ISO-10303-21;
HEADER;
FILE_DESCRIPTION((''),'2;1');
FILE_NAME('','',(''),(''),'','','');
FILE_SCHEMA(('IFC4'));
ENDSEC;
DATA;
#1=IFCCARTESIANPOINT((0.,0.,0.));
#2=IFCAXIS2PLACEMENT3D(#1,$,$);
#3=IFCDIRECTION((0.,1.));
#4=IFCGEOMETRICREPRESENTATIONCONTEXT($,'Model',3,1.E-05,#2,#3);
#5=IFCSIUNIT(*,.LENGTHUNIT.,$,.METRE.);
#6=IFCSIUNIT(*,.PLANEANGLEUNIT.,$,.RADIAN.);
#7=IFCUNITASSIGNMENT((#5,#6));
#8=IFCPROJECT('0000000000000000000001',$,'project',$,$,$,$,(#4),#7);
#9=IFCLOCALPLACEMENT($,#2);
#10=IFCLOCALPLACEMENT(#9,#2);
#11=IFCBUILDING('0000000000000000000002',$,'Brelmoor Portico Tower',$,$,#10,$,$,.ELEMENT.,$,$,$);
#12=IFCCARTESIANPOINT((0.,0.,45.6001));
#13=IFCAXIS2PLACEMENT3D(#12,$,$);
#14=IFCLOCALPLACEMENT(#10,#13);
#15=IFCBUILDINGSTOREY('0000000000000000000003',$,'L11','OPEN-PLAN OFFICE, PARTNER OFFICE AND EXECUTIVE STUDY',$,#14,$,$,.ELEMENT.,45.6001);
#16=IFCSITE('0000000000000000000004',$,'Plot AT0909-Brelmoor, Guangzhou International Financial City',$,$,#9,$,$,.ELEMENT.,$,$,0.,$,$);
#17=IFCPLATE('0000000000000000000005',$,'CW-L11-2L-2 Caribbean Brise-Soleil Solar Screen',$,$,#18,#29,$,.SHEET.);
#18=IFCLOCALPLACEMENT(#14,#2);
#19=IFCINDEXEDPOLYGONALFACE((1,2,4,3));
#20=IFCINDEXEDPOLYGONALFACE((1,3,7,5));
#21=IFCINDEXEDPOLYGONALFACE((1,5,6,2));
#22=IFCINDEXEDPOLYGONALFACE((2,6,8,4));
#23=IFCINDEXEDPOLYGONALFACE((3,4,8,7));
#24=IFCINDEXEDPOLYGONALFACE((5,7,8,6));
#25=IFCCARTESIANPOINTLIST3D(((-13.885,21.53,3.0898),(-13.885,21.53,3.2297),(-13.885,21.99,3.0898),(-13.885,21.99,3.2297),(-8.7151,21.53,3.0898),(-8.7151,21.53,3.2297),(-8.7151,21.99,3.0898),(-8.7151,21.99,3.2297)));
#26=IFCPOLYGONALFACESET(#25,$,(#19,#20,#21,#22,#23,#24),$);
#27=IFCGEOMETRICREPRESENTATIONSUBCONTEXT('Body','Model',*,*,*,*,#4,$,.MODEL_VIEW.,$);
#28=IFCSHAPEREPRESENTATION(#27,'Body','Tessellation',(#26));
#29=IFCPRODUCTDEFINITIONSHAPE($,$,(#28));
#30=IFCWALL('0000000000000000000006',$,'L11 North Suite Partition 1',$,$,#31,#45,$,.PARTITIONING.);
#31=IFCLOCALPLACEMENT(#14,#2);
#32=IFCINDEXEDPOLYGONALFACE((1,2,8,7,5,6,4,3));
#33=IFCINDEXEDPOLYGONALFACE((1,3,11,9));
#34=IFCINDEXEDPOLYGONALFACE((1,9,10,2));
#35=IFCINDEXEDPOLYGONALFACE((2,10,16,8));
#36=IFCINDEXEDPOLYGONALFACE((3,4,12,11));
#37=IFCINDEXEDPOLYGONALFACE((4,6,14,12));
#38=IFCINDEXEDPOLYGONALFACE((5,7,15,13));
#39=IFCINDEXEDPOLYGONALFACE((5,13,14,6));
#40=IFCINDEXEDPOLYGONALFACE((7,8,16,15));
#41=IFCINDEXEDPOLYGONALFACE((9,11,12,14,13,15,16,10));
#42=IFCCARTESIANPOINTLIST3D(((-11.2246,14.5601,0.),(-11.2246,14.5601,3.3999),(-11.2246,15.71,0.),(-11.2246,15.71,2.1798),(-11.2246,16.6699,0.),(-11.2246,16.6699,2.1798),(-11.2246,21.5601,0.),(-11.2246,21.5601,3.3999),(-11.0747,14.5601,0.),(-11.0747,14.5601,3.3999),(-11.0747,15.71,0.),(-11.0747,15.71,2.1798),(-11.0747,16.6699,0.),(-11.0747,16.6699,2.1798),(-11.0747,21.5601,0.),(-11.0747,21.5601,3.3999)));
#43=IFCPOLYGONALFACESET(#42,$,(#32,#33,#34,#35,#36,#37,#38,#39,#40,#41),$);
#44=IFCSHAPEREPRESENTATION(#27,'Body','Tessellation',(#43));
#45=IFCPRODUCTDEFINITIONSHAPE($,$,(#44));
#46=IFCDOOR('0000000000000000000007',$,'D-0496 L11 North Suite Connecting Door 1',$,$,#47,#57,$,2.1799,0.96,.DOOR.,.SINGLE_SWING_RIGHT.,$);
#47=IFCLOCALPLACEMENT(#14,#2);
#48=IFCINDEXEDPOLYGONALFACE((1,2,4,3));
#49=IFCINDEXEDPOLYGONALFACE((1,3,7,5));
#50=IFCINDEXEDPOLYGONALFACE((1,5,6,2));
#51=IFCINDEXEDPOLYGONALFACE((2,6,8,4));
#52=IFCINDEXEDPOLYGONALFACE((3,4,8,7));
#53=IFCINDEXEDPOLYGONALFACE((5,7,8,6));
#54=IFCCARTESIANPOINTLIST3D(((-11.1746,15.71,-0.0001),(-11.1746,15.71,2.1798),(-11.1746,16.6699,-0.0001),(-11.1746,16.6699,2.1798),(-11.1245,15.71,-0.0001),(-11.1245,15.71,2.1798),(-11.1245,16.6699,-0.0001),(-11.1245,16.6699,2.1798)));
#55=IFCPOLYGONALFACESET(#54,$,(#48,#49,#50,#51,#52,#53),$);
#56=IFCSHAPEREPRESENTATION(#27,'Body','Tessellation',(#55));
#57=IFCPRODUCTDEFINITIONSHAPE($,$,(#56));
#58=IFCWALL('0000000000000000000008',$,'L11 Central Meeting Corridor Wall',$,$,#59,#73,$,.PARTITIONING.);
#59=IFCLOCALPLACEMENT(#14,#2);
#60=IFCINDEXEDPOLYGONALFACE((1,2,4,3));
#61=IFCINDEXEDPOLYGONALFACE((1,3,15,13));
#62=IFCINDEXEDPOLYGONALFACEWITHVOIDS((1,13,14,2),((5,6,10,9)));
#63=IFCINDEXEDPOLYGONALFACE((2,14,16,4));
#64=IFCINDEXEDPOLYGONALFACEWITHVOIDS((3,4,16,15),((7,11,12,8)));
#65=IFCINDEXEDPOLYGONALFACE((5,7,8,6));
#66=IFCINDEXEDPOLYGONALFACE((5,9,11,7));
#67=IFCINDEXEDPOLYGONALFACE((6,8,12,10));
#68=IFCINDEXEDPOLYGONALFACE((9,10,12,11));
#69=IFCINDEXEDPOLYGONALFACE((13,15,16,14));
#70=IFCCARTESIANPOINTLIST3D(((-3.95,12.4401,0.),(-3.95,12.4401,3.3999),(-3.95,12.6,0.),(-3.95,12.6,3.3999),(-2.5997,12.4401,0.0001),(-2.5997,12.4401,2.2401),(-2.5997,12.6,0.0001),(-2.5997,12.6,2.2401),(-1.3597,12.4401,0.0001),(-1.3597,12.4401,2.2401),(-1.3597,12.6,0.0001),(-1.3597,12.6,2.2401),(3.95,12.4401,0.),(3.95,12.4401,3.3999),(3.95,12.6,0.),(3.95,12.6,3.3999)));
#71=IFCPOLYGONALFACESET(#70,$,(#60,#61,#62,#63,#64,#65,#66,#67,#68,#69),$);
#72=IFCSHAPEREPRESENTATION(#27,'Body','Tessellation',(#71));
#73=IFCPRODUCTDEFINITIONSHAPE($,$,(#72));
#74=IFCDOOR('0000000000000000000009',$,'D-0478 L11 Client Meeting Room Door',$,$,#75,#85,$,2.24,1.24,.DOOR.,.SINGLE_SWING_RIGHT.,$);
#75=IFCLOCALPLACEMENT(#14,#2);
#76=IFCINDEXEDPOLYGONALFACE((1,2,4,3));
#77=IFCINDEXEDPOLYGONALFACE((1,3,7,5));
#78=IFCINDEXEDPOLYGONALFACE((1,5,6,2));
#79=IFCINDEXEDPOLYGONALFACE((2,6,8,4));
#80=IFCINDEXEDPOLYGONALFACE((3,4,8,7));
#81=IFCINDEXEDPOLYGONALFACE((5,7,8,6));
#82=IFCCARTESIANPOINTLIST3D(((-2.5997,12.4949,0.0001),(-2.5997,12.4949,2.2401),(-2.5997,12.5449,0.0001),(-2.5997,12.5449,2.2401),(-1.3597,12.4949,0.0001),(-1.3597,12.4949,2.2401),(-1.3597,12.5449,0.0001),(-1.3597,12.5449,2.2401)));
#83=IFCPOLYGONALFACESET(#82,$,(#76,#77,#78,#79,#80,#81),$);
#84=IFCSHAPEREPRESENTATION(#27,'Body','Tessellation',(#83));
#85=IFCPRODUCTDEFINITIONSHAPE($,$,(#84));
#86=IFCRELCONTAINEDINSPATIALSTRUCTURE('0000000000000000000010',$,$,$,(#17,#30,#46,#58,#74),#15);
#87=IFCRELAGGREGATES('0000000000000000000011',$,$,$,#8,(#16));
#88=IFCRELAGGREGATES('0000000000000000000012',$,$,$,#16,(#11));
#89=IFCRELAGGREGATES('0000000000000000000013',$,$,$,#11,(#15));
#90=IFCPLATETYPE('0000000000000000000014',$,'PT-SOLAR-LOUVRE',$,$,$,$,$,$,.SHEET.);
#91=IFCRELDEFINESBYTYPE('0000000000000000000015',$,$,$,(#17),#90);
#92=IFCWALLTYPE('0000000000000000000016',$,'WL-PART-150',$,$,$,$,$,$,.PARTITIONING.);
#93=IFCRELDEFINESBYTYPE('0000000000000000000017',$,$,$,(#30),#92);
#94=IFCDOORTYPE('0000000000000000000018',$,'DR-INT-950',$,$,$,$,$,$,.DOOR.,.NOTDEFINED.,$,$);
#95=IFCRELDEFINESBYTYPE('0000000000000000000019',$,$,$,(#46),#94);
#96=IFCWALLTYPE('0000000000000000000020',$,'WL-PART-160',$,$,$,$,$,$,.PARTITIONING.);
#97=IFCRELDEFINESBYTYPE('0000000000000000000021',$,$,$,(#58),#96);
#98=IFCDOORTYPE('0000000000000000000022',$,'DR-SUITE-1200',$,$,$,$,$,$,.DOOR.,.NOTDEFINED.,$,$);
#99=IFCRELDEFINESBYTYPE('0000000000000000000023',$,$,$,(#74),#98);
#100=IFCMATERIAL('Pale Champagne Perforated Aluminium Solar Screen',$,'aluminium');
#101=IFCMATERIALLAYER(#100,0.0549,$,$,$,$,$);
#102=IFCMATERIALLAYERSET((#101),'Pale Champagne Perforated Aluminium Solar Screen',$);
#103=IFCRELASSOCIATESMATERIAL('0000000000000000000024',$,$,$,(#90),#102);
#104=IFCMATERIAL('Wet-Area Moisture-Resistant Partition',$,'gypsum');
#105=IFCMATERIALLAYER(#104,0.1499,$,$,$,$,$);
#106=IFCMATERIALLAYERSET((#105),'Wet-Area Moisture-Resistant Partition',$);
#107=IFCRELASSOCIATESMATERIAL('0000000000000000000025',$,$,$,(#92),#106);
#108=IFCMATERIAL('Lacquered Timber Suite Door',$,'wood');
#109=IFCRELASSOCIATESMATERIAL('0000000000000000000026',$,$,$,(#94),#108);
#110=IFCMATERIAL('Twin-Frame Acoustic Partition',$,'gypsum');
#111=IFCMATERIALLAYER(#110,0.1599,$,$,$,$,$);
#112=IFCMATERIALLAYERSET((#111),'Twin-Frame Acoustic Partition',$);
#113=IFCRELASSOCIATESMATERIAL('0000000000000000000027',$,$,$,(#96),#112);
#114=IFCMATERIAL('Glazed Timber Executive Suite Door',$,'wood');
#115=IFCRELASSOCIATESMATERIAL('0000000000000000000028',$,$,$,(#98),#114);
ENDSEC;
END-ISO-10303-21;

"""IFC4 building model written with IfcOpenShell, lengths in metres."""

from ifc_helpers import new_model, si_unit, direction, frame, frame_2d, origin, origin_2d, place, context, subcontext, project, spatial, rectangle, extrude, material, layer, layer_set, type_object, element, fill, save


model = new_model("IFC4")

# Units and contexts
model_context = context("Model", 3, precision=1e-05, world=origin(), true_north=direction((0.0, 1.0)))
body_context = subcontext(model_context, "Body", "Model", "MODEL_VIEW")
ifc_project = project(units=[si_unit("LENGTHUNIT", "METRE"), si_unit("PLANEANGLEUNIT", "RADIAN")], contexts=[model_context])

# Site, building, storey
site_placement = place(None, origin())
site = spatial("IfcSite", under=ifc_project, at=site_placement, Name="Plot AT0909-Brelmoor, Guangzhou International Financial City", CompositionType="ELEMENT", RefElevation=0.0)
building_placement = place(site_placement, origin())
building = spatial("IfcBuilding", under=site, at=building_placement, Name="Brelmoor Portico Tower", CompositionType="ELEMENT")
storey_placement = place(building_placement, frame((0.0, 0.0, 45.6001)))
storey = spatial("IfcBuildingStorey", under=building, at=storey_placement, Name="L11", Description="OPEN-PLAN OFFICE, PARTNER OFFICE AND EXECUTIVE STUDY", CompositionType="ELEMENT", Elevation=45.6001)

# Plate
ifc_material_1 = material(Name="Pale Champagne Perforated Aluminium Solar Screen", Category="aluminium")
ifc_layer_1 = layer(ifc_material_1, 0.0549)
ifc_layer_set_1 = layer_set([ifc_layer_1], Name="Pale Champagne Perforated Aluminium Solar Screen")
plate_type_1 = type_object("IfcPlateType", Name="PT-SOLAR-LOUVRE", PredefinedType="SHEET", material=ifc_layer_set_1)
for number, where, z_axis, x_axis, name in (
    (1, (-11.3, 21.76, 3.0898), (0.0, 0.0, 1.0), (1.0, 0.0, 0.0), "CW-L11-2L-2 Caribbean Brise-Soleil Solar Screen"),
):
    element("IfcPlate", number, at=place(storey_placement, frame(where, z_axis=z_axis, x_axis=x_axis)), inside=storey, type_object=plate_type_1, Name=name, PredefinedType="SHEET", context=body_context, shape_type="SweptSolid", body=[
        extrude(rectangle(XDim=5.1699, YDim=0.46, at=origin_2d()), origin(), (0.0, 0.0, 1.0), 0.1399),
    ])

# Walls, openings, doors
ifc_material_2 = material(Name="Wet-Area Moisture-Resistant Partition", Category="gypsum")
ifc_layer_2 = layer(ifc_material_2, 0.1499)
ifc_layer_set_2 = layer_set([ifc_layer_2], Name="Wet-Area Moisture-Resistant Partition")
wall_type_1 = type_object("IfcWallType", Name="WL-PART-150", PredefinedType="PARTITIONING", material=ifc_layer_set_2)
wall_1_placement = place(storey_placement, frame((-11.1497, 14.5601, 0.0), z_axis=(0.0, 0.0, 1.0), x_axis=(0.0, 1.0, 0.0)))
wall_1 = element("IfcWall", 2, at=wall_1_placement, inside=storey, type_object=wall_type_1, Name="L11 North Suite Partition 1", PredefinedType="PARTITIONING", context=body_context, shape_type="SweptSolid", body=[
    extrude(rectangle(XDim=7.0, YDim=0.1499, at=frame_2d((3.5, 0.0))), origin(), (0.0, 0.0, 1.0), 3.3999),
])
opening_1_placement = place(wall_1_placement, frame((1.1499, 0.0, 0.0)))
opening_1 = element("IfcOpeningElement", 3, at=opening_1_placement, cuts=wall_1, PredefinedType="OPENING", context=body_context, shape_type="SweptSolid", body=[
    extrude(rectangle(XDim=0.96, YDim=2.1799, at=frame_2d((0.48, 1.0898))), frame((0.0, 0.085, 0.0), z_axis=(0.0, -1.0, 0.0), x_axis=(1.0, 0.0, 0.0)), (0.0, 0.0, 1.0), 0.1699),
])
ifc_material_3 = material(Name="Lacquered Timber Suite Door", Category="wood")
door_type_1 = type_object("IfcDoorType", Name="DR-INT-950", OperationType="NOTDEFINED", PredefinedType="DOOR", material=ifc_material_3)
door_1_placement = place(opening_1_placement, origin())
door_1 = element("IfcDoor", 4, at=door_1_placement, inside=storey, type_object=door_type_1, Name="D-0496 L11 North Suite Connecting Door 1", OperationType="SINGLE_SWING_RIGHT", OverallHeight=2.1799, OverallWidth=0.96, PredefinedType="DOOR", context=body_context, shape_type="SweptSolid", body=[
    extrude(rectangle(XDim=0.96, YDim=2.1799, at=frame_2d((0.48, 1.0898))), frame((0.0, 0.0249, 0.0), z_axis=(0.0, -1.0, 0.0), x_axis=(1.0, 0.0, 0.0)), (0.0, 0.0, 1.0), 0.05),
])
fill(opening_1, door_1)
ifc_material_4 = material(Name="Twin-Frame Acoustic Partition", Category="gypsum")
ifc_layer_3 = layer(ifc_material_4, 0.1599)
ifc_layer_set_3 = layer_set([ifc_layer_3], Name="Twin-Frame Acoustic Partition")
wall_type_2 = type_object("IfcWallType", Name="WL-PART-160", PredefinedType="PARTITIONING", material=ifc_layer_set_3)
wall_2_placement = place(storey_placement, frame((-3.95, 12.52, 0.0), z_axis=(0.0, 0.0, 1.0), x_axis=(1.0, 0.0, 0.0)))
wall_2 = element("IfcWall", 5, at=wall_2_placement, inside=storey, type_object=wall_type_2, Name="L11 Central Meeting Corridor Wall", PredefinedType="PARTITIONING", context=body_context, shape_type="SweptSolid", body=[
    extrude(rectangle(XDim=7.8999, YDim=0.1599, at=frame_2d((3.95, 0.0))), origin(), (0.0, 0.0, 1.0), 3.3999),
])
opening_2_placement = place(wall_2_placement, frame((1.3501, 0.0, 0.0)))
opening_2 = element("IfcOpeningElement", 6, at=opening_2_placement, cuts=wall_2, PredefinedType="OPENING", context=body_context, shape_type="SweptSolid", body=[
    extrude(rectangle(XDim=1.24, YDim=2.24, at=frame_2d((0.6201, 1.1201))), frame((0.0, 0.0898, 0.0), z_axis=(0.0, -1.0, 0.0), x_axis=(1.0, 0.0, 0.0)), (0.0, 0.0, 1.0), 0.1799),
])
ifc_material_5 = material(Name="Glazed Timber Executive Suite Door", Category="wood")
door_type_2 = type_object("IfcDoorType", Name="DR-SUITE-1200", OperationType="NOTDEFINED", PredefinedType="DOOR", material=ifc_material_5)
door_2_placement = place(opening_2_placement, origin())
door_2 = element("IfcDoor", 7, at=door_2_placement, inside=storey, type_object=door_type_2, Name="D-0478 L11 Client Meeting Room Door", OperationType="SINGLE_SWING_RIGHT", OverallHeight=2.24, OverallWidth=1.24, PredefinedType="DOOR", context=body_context, shape_type="SweptSolid", body=[
    extrude(rectangle(XDim=1.24, YDim=2.24, at=frame_2d((0.6201, 1.1201))), frame((0.0, 0.0249, 0.0), z_axis=(0.0, -1.0, 0.0), x_axis=(1.0, 0.0, 0.0)), (0.0, 0.0, 1.0), 0.05),
])
fill(opening_2, door_2)

save(model, "model.ifc")
